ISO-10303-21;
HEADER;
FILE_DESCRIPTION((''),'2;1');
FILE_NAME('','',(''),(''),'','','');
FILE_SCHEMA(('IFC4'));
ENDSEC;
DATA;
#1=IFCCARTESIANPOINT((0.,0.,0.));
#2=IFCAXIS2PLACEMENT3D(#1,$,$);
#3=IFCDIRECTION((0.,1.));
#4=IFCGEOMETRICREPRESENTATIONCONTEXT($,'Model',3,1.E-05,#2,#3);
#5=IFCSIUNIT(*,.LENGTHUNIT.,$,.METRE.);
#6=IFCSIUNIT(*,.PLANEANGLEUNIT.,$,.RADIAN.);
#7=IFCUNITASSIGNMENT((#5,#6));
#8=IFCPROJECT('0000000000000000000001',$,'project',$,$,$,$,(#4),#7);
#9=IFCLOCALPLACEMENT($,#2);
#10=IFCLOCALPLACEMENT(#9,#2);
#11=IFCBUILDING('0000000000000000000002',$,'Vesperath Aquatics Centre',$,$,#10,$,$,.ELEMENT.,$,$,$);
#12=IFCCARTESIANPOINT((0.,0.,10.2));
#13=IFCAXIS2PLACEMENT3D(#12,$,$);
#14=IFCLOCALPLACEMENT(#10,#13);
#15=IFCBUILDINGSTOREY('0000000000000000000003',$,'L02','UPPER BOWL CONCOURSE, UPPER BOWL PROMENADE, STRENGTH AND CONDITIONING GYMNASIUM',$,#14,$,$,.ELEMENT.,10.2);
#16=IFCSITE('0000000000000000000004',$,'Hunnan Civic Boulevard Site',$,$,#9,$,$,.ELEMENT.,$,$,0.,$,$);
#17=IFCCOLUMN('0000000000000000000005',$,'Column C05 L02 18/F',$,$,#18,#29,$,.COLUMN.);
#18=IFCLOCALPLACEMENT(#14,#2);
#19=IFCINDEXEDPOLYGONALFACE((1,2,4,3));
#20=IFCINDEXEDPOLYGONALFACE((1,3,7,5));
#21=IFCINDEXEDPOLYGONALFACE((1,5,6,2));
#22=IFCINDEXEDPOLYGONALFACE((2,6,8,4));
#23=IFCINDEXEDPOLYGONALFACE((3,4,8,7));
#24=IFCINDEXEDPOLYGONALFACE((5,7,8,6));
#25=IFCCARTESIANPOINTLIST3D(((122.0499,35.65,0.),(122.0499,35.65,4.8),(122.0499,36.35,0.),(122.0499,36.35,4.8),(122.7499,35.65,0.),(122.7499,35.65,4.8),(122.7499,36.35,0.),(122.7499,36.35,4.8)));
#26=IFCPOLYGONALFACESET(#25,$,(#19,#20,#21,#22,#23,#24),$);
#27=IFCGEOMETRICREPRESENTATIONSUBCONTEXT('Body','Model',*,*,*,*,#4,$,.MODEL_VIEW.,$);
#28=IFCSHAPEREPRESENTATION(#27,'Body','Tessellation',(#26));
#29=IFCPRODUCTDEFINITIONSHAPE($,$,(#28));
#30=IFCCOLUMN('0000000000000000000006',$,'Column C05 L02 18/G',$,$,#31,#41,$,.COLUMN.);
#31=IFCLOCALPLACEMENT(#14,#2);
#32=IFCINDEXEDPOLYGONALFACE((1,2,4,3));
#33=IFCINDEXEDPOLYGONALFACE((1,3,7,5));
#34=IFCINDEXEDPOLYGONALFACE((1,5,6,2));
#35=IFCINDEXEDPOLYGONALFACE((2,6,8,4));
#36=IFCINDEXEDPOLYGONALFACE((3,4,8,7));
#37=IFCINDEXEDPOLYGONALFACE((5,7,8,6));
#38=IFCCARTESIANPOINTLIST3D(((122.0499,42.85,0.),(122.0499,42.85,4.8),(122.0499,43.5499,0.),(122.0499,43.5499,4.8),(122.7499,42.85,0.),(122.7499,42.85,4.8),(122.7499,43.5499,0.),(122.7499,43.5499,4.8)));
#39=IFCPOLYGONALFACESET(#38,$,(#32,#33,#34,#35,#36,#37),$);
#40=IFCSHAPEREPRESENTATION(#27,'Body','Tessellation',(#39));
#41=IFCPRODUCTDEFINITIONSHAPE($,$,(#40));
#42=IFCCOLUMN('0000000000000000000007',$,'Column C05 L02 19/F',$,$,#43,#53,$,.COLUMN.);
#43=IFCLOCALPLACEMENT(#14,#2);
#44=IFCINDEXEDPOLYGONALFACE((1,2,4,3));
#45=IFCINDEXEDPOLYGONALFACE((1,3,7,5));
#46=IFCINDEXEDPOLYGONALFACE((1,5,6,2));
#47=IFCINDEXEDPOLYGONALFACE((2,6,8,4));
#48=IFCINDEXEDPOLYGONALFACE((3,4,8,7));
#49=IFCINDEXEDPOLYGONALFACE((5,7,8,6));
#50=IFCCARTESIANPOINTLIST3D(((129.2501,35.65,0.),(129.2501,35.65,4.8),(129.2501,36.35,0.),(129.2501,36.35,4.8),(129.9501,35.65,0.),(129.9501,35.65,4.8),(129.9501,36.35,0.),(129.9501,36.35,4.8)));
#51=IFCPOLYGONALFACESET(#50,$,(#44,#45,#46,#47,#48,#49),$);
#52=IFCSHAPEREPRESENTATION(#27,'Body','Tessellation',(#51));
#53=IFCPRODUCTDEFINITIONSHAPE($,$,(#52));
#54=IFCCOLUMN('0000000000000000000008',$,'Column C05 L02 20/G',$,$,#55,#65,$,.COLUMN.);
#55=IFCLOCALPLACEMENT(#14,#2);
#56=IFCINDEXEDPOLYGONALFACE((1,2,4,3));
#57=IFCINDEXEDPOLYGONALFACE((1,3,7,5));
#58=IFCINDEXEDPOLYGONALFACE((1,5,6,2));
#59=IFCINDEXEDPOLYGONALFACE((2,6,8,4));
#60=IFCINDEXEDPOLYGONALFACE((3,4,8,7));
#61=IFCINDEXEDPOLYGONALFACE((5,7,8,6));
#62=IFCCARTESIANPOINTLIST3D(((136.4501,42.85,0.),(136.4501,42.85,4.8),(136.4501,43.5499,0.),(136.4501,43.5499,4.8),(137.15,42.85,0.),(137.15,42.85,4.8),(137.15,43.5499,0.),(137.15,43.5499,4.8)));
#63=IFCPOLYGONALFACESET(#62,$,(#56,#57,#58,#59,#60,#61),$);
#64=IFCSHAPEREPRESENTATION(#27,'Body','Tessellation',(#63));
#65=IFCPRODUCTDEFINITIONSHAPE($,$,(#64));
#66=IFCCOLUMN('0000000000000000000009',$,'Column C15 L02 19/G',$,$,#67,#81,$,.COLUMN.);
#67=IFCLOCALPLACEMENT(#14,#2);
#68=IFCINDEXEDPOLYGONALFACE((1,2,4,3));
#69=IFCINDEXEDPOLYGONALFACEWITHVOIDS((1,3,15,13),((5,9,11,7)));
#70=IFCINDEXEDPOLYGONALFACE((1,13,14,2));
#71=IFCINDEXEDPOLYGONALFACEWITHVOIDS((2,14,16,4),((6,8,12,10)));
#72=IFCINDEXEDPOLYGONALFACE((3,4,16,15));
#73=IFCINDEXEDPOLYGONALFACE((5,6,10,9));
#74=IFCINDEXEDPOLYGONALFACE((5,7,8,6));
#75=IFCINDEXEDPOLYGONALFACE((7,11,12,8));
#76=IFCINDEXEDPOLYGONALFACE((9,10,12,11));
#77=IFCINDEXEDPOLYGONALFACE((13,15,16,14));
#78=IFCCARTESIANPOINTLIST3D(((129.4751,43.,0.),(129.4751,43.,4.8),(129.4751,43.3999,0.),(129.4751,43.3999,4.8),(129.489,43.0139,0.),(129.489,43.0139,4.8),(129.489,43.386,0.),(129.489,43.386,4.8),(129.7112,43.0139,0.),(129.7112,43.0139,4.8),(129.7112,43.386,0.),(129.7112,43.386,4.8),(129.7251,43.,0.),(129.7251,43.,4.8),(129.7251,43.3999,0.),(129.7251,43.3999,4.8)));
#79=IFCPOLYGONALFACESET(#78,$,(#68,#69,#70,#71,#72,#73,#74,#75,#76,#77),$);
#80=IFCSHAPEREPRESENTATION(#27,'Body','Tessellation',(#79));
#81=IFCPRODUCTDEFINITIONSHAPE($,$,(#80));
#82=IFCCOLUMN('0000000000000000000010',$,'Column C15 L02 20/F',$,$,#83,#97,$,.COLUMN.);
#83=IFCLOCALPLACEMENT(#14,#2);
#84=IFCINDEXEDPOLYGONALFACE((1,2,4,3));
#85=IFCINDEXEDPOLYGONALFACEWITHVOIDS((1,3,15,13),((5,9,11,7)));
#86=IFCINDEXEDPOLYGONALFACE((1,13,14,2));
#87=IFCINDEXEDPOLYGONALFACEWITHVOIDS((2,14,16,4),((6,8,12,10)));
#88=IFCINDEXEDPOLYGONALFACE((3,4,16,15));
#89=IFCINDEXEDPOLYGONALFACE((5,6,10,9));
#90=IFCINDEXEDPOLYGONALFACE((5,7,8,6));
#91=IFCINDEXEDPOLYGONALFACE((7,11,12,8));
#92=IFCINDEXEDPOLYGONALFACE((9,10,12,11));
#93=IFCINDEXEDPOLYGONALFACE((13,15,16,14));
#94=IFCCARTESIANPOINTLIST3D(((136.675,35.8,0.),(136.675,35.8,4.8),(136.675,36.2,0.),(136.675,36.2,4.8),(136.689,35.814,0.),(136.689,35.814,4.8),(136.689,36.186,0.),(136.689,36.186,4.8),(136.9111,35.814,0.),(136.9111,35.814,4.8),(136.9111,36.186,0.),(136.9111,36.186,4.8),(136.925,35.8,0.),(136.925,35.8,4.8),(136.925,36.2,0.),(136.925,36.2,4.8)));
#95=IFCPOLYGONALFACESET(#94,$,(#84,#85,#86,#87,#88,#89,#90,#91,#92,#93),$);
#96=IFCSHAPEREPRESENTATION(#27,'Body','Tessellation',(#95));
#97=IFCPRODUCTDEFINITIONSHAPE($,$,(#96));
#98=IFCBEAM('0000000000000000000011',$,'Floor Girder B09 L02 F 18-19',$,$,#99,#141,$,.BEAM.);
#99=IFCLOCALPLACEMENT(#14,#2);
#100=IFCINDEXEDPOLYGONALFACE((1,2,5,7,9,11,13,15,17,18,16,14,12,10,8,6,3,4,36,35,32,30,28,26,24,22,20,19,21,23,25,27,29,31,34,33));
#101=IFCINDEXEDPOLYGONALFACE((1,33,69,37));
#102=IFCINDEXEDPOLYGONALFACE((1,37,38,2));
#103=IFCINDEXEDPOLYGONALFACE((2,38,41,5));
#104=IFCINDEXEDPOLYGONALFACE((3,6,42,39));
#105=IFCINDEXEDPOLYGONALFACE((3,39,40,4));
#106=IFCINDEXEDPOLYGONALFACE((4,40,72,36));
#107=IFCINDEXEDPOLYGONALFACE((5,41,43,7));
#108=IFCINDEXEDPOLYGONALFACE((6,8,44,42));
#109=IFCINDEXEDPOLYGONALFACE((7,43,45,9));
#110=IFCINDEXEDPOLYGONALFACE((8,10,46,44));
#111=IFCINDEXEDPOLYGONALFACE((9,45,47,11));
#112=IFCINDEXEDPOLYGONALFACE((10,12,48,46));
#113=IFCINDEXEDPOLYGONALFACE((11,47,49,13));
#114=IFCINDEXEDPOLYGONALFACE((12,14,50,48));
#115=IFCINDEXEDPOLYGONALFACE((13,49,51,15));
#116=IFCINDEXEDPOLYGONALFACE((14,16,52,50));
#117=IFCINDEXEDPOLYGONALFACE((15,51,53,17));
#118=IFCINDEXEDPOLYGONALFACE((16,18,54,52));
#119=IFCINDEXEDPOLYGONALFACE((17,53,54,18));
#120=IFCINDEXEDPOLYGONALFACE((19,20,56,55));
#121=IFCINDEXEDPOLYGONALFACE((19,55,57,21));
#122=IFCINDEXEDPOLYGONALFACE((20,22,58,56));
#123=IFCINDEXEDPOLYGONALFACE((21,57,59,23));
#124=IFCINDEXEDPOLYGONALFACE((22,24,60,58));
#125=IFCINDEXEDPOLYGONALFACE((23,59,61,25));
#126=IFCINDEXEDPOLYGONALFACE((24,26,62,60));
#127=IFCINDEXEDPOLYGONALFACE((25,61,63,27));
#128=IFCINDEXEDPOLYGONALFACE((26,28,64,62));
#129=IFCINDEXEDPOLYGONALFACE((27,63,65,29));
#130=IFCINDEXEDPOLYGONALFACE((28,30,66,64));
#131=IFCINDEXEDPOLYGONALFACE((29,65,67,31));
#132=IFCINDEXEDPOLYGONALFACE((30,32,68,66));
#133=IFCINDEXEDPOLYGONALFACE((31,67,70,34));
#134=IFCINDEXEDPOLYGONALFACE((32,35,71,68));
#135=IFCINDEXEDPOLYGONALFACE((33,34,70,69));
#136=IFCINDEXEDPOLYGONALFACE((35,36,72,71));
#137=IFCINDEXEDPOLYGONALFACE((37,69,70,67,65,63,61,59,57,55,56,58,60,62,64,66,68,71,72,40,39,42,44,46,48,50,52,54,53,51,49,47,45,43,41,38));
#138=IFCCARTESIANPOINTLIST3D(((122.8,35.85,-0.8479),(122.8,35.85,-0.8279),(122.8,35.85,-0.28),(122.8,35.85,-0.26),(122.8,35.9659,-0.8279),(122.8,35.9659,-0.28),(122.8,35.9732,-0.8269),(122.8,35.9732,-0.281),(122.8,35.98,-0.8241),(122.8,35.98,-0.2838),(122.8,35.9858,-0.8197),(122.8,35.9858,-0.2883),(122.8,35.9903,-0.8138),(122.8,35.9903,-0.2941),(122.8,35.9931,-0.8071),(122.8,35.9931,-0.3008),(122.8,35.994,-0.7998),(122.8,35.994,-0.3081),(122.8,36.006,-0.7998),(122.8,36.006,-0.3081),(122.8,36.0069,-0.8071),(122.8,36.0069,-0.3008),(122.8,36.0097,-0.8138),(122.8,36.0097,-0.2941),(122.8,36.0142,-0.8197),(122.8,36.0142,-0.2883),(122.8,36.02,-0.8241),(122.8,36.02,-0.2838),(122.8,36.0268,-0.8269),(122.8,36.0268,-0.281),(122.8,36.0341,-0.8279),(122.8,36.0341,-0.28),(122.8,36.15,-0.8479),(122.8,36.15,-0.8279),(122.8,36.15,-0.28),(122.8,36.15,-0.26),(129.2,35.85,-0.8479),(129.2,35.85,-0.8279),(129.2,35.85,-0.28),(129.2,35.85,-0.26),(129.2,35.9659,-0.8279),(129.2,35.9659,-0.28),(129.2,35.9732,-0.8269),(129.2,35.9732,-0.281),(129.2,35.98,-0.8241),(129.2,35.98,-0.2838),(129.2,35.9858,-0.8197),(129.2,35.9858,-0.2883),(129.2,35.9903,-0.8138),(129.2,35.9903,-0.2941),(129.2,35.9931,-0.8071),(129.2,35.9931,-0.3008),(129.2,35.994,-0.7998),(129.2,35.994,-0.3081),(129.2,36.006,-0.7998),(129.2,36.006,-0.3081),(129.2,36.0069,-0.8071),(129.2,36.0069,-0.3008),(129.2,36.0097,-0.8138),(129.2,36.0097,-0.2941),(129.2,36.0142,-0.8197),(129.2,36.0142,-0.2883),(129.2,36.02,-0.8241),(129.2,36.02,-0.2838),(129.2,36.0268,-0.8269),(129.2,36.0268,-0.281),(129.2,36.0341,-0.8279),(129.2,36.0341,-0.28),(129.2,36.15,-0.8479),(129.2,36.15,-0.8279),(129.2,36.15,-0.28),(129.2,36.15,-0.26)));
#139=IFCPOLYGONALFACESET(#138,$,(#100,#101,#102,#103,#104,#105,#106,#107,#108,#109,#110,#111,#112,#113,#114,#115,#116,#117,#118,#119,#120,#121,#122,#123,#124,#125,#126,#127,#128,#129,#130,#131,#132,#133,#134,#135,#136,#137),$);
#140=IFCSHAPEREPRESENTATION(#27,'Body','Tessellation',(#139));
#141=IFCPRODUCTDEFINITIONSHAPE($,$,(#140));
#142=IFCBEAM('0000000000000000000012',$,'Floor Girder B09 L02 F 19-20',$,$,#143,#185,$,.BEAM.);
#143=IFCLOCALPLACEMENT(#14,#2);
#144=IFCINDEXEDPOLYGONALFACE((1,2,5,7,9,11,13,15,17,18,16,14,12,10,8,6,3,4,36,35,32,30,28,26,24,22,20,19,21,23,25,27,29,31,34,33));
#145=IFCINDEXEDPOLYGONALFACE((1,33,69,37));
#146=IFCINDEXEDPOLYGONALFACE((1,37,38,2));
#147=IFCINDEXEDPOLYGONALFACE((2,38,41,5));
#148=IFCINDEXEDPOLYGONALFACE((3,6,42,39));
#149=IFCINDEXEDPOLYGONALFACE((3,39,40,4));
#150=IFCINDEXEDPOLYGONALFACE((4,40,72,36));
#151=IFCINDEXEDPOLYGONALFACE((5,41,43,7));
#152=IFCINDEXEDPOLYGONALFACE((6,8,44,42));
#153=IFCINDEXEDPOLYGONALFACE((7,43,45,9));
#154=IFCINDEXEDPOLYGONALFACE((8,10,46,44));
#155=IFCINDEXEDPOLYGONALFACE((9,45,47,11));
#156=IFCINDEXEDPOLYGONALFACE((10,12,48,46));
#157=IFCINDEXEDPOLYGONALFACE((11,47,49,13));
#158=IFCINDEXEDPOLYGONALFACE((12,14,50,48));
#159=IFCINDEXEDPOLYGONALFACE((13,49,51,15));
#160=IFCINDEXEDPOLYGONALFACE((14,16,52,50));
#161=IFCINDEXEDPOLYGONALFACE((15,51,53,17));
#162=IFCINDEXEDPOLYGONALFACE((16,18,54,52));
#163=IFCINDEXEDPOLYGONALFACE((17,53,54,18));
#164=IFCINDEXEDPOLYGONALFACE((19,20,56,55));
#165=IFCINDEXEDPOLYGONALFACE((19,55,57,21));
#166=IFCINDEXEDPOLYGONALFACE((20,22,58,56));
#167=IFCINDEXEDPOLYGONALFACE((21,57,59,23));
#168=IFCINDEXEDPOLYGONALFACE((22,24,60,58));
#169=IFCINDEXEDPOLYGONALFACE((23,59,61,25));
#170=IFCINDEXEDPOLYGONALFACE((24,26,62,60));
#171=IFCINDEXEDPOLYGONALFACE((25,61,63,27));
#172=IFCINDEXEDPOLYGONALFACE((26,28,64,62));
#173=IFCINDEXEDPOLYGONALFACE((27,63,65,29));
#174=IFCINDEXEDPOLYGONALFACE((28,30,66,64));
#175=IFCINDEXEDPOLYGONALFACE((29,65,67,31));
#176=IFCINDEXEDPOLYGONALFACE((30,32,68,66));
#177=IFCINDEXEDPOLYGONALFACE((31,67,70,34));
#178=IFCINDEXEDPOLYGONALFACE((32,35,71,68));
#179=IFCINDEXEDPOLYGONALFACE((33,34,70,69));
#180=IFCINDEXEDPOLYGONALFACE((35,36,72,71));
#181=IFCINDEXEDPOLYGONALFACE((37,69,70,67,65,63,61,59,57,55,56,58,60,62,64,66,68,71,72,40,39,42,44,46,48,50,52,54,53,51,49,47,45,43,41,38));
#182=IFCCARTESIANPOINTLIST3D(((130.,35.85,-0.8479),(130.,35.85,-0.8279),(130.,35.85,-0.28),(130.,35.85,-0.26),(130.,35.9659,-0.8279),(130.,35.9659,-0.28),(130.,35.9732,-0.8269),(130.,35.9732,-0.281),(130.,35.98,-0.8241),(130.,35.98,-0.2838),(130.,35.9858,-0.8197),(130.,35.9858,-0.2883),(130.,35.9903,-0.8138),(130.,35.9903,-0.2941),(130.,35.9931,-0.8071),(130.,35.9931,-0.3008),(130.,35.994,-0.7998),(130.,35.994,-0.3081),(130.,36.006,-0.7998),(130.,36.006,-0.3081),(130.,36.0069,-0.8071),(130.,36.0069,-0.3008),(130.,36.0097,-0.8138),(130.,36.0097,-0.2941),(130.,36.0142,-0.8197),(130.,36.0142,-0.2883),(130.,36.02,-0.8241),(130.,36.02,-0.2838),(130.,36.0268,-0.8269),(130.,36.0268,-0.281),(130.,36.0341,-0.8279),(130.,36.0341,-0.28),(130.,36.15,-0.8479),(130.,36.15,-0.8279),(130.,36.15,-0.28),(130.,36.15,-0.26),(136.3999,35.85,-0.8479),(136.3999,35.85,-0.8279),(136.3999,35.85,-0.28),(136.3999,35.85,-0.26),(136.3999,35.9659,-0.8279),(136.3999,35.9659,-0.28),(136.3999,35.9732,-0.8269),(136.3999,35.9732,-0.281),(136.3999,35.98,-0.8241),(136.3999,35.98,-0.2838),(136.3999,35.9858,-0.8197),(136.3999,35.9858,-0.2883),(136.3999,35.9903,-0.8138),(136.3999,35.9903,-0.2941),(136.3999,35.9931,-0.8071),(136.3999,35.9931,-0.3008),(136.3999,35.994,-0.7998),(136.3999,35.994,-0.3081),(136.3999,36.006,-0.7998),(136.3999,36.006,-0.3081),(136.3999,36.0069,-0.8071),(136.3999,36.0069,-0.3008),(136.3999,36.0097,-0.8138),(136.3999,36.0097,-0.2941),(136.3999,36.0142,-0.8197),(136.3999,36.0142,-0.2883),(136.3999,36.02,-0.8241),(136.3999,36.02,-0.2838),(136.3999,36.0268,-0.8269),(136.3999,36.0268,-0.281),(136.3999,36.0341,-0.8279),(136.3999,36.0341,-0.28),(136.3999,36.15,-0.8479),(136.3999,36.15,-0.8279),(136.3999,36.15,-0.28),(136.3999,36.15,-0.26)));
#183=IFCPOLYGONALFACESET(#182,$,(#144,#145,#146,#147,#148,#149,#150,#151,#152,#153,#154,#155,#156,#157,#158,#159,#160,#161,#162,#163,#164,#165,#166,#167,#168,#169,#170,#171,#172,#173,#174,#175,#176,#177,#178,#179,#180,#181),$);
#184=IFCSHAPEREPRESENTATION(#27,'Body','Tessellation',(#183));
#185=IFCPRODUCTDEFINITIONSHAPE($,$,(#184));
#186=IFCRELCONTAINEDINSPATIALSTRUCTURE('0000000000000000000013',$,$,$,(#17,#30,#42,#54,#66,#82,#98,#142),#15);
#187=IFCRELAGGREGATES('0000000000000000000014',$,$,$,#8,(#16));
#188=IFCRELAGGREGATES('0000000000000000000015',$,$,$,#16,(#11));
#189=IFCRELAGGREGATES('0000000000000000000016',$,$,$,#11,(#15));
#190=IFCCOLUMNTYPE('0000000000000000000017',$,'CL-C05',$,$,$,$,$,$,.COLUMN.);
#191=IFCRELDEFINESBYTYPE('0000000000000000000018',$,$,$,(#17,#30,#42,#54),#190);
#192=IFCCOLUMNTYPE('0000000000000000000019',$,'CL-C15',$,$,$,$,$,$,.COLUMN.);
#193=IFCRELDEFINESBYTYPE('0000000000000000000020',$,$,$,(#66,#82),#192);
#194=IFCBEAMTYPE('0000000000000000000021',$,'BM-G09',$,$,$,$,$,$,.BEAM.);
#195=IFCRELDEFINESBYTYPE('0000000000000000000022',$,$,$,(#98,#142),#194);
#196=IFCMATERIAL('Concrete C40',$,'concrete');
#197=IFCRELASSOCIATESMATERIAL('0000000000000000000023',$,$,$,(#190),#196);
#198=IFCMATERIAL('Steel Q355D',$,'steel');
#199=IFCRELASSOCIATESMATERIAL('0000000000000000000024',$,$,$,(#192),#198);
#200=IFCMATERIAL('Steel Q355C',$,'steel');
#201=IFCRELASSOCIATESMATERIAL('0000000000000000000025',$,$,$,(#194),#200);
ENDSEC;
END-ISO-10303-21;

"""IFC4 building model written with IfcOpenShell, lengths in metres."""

from ifc_helpers import new_model, si_unit, direction, frame, origin, origin_2d, place, context, subcontext, project, spatial, rectangle, hollow_rectangle, i_section, extrude, material, material_profile, profile_set, type_object, element, save


model = new_model("IFC4")

# Units and contexts
model_context = context("Model", 3, precision=1e-05, world=origin(), true_north=direction((0.0, 1.0)))
body_context = subcontext(model_context, "Body", "Model", "MODEL_VIEW")
ifc_project = project(units=[si_unit("LENGTHUNIT", "METRE"), si_unit("PLANEANGLEUNIT", "RADIAN")], contexts=[model_context])

# Site, building, storey
site_placement = place(None, origin())
site = spatial("IfcSite", under=ifc_project, at=site_placement, Name="Hunnan Civic Boulevard Site", CompositionType="ELEMENT", RefElevation=0.0)
building_placement = place(site_placement, origin())
building = spatial("IfcBuilding", under=site, at=building_placement, Name="Vesperath Aquatics Centre", CompositionType="ELEMENT")
storey_placement = place(building_placement, frame((0.0, 0.0, 10.2)))
storey = spatial("IfcBuildingStorey", under=building, at=storey_placement, Name="L02", Description="UPPER BOWL CONCOURSE, UPPER BOWL PROMENADE, STRENGTH AND CONDITIONING GYMNASIUM", CompositionType="ELEMENT", Elevation=10.2)

# Columns
ifc_material_1 = material(Name="Concrete C40", Category="concrete")
ifc_material_profile_1 = material_profile(ifc_material_1, rectangle(XDim=0.7, YDim=0.7, at=origin_2d()), Name="RC 700x700")
ifc_profile_set_1 = profile_set([ifc_material_profile_1], Name="Concrete C40")
column_type_1 = type_object("IfcColumnType", Name="CL-C05", PredefinedType="COLUMN", material=ifc_profile_set_1)
for number, where, z_axis, x_axis, name in (
    (1, (122.3999, 36.0, 0.0), (0.0, 0.0, 1.0), (1.0, 0.0, 0.0), "Column C05 L02 18/F"),
    (2, (122.3999, 43.2, 0.0), (0.0, 0.0, 1.0), (1.0, 0.0, 0.0), "Column C05 L02 18/G"),
    (3, (129.6001, 36.0, 0.0), (0.0, 0.0, 1.0), (1.0, 0.0, 0.0), "Column C05 L02 19/F"),
    (4, (136.8, 43.2, 0.0), (0.0, 0.0, 1.0), (1.0, 0.0, 0.0), "Column C05 L02 20/G"),
):
    element("IfcColumn", number, at=place(storey_placement, frame(where, z_axis=z_axis, x_axis=x_axis)), inside=storey, type_object=column_type_1, Name=name, PredefinedType="COLUMN", context=body_context, shape_type="SweptSolid", body=[
        extrude(rectangle(XDim=0.7, YDim=0.7, at=origin_2d()), origin(), (0.0, 0.0, 1.0), 4.8),
    ])
ifc_material_2 = material(Name="Steel Q355D", Category="steel")
ifc_material_profile_2 = material_profile(ifc_material_2, hollow_rectangle(XDim=0.25, YDim=0.3999, WallThickness=0.0139, at=origin_2d()), Name="RHS 400x250x14")
ifc_profile_set_2 = profile_set([ifc_material_profile_2], Name="Steel Q355D")
column_type_2 = type_object("IfcColumnType", Name="CL-C15", PredefinedType="COLUMN", material=ifc_profile_set_2)
for number, where, z_axis, x_axis, name in (
    (5, (129.6001, 43.2, 0.0), (0.0, 0.0, 1.0), (1.0, 0.0, 0.0), "Column C15 L02 19/G"),
    (6, (136.8, 36.0, 0.0), (0.0, 0.0, 1.0), (1.0, 0.0, 0.0), "Column C15 L02 20/F"),
):
    element("IfcColumn", number, at=place(storey_placement, frame(where, z_axis=z_axis, x_axis=x_axis)), inside=storey, type_object=column_type_2, Name=name, PredefinedType="COLUMN", context=body_context, shape_type="SweptSolid", body=[
        extrude(hollow_rectangle(XDim=0.25, YDim=0.3999, WallThickness=0.0139, at=origin_2d()), origin(), (0.0, 0.0, 1.0), 4.8),
    ])

# Beams
ifc_material_3 = material(Name="Steel Q355C", Category="steel")
ifc_material_profile_3 = material_profile(ifc_material_3, i_section(OverallWidth=0.3, OverallDepth=0.5879, WebThickness=0.012, FlangeThickness=0.02, FilletRadius=0.0281, at=origin_2d()), Name="HM 588x300x12x20")
ifc_profile_set_3 = profile_set([ifc_material_profile_3], Name="Steel Q355C")
beam_type_1 = type_object("IfcBeamType", Name="BM-G09", PredefinedType="BEAM", material=ifc_profile_set_3)
for number, where, z_axis, x_axis, name in (
    (7, (122.8, 36.0, -0.554), (1.0, 0.0, 0.0), (0.0, 1.0, 0.0), "Floor Girder B09 L02 F 18-19"),
    (8, (130.0, 36.0, -0.554), (1.0, 0.0, 0.0), (0.0, 1.0, 0.0), "Floor Girder B09 L02 F 19-20"),
):
    element("IfcBeam", number, at=place(storey_placement, frame(where, z_axis=z_axis, x_axis=x_axis)), inside=storey, type_object=beam_type_1, Name=name, PredefinedType="BEAM", context=body_context, shape_type="SweptSolid", body=[
        extrude(i_section(OverallWidth=0.3, OverallDepth=0.5879, WebThickness=0.012, FlangeThickness=0.02, FilletRadius=0.0281, at=origin_2d()), origin(), (0.0, 0.0, 1.0), 6.3999),
    ])

save(model, "model.ifc")
